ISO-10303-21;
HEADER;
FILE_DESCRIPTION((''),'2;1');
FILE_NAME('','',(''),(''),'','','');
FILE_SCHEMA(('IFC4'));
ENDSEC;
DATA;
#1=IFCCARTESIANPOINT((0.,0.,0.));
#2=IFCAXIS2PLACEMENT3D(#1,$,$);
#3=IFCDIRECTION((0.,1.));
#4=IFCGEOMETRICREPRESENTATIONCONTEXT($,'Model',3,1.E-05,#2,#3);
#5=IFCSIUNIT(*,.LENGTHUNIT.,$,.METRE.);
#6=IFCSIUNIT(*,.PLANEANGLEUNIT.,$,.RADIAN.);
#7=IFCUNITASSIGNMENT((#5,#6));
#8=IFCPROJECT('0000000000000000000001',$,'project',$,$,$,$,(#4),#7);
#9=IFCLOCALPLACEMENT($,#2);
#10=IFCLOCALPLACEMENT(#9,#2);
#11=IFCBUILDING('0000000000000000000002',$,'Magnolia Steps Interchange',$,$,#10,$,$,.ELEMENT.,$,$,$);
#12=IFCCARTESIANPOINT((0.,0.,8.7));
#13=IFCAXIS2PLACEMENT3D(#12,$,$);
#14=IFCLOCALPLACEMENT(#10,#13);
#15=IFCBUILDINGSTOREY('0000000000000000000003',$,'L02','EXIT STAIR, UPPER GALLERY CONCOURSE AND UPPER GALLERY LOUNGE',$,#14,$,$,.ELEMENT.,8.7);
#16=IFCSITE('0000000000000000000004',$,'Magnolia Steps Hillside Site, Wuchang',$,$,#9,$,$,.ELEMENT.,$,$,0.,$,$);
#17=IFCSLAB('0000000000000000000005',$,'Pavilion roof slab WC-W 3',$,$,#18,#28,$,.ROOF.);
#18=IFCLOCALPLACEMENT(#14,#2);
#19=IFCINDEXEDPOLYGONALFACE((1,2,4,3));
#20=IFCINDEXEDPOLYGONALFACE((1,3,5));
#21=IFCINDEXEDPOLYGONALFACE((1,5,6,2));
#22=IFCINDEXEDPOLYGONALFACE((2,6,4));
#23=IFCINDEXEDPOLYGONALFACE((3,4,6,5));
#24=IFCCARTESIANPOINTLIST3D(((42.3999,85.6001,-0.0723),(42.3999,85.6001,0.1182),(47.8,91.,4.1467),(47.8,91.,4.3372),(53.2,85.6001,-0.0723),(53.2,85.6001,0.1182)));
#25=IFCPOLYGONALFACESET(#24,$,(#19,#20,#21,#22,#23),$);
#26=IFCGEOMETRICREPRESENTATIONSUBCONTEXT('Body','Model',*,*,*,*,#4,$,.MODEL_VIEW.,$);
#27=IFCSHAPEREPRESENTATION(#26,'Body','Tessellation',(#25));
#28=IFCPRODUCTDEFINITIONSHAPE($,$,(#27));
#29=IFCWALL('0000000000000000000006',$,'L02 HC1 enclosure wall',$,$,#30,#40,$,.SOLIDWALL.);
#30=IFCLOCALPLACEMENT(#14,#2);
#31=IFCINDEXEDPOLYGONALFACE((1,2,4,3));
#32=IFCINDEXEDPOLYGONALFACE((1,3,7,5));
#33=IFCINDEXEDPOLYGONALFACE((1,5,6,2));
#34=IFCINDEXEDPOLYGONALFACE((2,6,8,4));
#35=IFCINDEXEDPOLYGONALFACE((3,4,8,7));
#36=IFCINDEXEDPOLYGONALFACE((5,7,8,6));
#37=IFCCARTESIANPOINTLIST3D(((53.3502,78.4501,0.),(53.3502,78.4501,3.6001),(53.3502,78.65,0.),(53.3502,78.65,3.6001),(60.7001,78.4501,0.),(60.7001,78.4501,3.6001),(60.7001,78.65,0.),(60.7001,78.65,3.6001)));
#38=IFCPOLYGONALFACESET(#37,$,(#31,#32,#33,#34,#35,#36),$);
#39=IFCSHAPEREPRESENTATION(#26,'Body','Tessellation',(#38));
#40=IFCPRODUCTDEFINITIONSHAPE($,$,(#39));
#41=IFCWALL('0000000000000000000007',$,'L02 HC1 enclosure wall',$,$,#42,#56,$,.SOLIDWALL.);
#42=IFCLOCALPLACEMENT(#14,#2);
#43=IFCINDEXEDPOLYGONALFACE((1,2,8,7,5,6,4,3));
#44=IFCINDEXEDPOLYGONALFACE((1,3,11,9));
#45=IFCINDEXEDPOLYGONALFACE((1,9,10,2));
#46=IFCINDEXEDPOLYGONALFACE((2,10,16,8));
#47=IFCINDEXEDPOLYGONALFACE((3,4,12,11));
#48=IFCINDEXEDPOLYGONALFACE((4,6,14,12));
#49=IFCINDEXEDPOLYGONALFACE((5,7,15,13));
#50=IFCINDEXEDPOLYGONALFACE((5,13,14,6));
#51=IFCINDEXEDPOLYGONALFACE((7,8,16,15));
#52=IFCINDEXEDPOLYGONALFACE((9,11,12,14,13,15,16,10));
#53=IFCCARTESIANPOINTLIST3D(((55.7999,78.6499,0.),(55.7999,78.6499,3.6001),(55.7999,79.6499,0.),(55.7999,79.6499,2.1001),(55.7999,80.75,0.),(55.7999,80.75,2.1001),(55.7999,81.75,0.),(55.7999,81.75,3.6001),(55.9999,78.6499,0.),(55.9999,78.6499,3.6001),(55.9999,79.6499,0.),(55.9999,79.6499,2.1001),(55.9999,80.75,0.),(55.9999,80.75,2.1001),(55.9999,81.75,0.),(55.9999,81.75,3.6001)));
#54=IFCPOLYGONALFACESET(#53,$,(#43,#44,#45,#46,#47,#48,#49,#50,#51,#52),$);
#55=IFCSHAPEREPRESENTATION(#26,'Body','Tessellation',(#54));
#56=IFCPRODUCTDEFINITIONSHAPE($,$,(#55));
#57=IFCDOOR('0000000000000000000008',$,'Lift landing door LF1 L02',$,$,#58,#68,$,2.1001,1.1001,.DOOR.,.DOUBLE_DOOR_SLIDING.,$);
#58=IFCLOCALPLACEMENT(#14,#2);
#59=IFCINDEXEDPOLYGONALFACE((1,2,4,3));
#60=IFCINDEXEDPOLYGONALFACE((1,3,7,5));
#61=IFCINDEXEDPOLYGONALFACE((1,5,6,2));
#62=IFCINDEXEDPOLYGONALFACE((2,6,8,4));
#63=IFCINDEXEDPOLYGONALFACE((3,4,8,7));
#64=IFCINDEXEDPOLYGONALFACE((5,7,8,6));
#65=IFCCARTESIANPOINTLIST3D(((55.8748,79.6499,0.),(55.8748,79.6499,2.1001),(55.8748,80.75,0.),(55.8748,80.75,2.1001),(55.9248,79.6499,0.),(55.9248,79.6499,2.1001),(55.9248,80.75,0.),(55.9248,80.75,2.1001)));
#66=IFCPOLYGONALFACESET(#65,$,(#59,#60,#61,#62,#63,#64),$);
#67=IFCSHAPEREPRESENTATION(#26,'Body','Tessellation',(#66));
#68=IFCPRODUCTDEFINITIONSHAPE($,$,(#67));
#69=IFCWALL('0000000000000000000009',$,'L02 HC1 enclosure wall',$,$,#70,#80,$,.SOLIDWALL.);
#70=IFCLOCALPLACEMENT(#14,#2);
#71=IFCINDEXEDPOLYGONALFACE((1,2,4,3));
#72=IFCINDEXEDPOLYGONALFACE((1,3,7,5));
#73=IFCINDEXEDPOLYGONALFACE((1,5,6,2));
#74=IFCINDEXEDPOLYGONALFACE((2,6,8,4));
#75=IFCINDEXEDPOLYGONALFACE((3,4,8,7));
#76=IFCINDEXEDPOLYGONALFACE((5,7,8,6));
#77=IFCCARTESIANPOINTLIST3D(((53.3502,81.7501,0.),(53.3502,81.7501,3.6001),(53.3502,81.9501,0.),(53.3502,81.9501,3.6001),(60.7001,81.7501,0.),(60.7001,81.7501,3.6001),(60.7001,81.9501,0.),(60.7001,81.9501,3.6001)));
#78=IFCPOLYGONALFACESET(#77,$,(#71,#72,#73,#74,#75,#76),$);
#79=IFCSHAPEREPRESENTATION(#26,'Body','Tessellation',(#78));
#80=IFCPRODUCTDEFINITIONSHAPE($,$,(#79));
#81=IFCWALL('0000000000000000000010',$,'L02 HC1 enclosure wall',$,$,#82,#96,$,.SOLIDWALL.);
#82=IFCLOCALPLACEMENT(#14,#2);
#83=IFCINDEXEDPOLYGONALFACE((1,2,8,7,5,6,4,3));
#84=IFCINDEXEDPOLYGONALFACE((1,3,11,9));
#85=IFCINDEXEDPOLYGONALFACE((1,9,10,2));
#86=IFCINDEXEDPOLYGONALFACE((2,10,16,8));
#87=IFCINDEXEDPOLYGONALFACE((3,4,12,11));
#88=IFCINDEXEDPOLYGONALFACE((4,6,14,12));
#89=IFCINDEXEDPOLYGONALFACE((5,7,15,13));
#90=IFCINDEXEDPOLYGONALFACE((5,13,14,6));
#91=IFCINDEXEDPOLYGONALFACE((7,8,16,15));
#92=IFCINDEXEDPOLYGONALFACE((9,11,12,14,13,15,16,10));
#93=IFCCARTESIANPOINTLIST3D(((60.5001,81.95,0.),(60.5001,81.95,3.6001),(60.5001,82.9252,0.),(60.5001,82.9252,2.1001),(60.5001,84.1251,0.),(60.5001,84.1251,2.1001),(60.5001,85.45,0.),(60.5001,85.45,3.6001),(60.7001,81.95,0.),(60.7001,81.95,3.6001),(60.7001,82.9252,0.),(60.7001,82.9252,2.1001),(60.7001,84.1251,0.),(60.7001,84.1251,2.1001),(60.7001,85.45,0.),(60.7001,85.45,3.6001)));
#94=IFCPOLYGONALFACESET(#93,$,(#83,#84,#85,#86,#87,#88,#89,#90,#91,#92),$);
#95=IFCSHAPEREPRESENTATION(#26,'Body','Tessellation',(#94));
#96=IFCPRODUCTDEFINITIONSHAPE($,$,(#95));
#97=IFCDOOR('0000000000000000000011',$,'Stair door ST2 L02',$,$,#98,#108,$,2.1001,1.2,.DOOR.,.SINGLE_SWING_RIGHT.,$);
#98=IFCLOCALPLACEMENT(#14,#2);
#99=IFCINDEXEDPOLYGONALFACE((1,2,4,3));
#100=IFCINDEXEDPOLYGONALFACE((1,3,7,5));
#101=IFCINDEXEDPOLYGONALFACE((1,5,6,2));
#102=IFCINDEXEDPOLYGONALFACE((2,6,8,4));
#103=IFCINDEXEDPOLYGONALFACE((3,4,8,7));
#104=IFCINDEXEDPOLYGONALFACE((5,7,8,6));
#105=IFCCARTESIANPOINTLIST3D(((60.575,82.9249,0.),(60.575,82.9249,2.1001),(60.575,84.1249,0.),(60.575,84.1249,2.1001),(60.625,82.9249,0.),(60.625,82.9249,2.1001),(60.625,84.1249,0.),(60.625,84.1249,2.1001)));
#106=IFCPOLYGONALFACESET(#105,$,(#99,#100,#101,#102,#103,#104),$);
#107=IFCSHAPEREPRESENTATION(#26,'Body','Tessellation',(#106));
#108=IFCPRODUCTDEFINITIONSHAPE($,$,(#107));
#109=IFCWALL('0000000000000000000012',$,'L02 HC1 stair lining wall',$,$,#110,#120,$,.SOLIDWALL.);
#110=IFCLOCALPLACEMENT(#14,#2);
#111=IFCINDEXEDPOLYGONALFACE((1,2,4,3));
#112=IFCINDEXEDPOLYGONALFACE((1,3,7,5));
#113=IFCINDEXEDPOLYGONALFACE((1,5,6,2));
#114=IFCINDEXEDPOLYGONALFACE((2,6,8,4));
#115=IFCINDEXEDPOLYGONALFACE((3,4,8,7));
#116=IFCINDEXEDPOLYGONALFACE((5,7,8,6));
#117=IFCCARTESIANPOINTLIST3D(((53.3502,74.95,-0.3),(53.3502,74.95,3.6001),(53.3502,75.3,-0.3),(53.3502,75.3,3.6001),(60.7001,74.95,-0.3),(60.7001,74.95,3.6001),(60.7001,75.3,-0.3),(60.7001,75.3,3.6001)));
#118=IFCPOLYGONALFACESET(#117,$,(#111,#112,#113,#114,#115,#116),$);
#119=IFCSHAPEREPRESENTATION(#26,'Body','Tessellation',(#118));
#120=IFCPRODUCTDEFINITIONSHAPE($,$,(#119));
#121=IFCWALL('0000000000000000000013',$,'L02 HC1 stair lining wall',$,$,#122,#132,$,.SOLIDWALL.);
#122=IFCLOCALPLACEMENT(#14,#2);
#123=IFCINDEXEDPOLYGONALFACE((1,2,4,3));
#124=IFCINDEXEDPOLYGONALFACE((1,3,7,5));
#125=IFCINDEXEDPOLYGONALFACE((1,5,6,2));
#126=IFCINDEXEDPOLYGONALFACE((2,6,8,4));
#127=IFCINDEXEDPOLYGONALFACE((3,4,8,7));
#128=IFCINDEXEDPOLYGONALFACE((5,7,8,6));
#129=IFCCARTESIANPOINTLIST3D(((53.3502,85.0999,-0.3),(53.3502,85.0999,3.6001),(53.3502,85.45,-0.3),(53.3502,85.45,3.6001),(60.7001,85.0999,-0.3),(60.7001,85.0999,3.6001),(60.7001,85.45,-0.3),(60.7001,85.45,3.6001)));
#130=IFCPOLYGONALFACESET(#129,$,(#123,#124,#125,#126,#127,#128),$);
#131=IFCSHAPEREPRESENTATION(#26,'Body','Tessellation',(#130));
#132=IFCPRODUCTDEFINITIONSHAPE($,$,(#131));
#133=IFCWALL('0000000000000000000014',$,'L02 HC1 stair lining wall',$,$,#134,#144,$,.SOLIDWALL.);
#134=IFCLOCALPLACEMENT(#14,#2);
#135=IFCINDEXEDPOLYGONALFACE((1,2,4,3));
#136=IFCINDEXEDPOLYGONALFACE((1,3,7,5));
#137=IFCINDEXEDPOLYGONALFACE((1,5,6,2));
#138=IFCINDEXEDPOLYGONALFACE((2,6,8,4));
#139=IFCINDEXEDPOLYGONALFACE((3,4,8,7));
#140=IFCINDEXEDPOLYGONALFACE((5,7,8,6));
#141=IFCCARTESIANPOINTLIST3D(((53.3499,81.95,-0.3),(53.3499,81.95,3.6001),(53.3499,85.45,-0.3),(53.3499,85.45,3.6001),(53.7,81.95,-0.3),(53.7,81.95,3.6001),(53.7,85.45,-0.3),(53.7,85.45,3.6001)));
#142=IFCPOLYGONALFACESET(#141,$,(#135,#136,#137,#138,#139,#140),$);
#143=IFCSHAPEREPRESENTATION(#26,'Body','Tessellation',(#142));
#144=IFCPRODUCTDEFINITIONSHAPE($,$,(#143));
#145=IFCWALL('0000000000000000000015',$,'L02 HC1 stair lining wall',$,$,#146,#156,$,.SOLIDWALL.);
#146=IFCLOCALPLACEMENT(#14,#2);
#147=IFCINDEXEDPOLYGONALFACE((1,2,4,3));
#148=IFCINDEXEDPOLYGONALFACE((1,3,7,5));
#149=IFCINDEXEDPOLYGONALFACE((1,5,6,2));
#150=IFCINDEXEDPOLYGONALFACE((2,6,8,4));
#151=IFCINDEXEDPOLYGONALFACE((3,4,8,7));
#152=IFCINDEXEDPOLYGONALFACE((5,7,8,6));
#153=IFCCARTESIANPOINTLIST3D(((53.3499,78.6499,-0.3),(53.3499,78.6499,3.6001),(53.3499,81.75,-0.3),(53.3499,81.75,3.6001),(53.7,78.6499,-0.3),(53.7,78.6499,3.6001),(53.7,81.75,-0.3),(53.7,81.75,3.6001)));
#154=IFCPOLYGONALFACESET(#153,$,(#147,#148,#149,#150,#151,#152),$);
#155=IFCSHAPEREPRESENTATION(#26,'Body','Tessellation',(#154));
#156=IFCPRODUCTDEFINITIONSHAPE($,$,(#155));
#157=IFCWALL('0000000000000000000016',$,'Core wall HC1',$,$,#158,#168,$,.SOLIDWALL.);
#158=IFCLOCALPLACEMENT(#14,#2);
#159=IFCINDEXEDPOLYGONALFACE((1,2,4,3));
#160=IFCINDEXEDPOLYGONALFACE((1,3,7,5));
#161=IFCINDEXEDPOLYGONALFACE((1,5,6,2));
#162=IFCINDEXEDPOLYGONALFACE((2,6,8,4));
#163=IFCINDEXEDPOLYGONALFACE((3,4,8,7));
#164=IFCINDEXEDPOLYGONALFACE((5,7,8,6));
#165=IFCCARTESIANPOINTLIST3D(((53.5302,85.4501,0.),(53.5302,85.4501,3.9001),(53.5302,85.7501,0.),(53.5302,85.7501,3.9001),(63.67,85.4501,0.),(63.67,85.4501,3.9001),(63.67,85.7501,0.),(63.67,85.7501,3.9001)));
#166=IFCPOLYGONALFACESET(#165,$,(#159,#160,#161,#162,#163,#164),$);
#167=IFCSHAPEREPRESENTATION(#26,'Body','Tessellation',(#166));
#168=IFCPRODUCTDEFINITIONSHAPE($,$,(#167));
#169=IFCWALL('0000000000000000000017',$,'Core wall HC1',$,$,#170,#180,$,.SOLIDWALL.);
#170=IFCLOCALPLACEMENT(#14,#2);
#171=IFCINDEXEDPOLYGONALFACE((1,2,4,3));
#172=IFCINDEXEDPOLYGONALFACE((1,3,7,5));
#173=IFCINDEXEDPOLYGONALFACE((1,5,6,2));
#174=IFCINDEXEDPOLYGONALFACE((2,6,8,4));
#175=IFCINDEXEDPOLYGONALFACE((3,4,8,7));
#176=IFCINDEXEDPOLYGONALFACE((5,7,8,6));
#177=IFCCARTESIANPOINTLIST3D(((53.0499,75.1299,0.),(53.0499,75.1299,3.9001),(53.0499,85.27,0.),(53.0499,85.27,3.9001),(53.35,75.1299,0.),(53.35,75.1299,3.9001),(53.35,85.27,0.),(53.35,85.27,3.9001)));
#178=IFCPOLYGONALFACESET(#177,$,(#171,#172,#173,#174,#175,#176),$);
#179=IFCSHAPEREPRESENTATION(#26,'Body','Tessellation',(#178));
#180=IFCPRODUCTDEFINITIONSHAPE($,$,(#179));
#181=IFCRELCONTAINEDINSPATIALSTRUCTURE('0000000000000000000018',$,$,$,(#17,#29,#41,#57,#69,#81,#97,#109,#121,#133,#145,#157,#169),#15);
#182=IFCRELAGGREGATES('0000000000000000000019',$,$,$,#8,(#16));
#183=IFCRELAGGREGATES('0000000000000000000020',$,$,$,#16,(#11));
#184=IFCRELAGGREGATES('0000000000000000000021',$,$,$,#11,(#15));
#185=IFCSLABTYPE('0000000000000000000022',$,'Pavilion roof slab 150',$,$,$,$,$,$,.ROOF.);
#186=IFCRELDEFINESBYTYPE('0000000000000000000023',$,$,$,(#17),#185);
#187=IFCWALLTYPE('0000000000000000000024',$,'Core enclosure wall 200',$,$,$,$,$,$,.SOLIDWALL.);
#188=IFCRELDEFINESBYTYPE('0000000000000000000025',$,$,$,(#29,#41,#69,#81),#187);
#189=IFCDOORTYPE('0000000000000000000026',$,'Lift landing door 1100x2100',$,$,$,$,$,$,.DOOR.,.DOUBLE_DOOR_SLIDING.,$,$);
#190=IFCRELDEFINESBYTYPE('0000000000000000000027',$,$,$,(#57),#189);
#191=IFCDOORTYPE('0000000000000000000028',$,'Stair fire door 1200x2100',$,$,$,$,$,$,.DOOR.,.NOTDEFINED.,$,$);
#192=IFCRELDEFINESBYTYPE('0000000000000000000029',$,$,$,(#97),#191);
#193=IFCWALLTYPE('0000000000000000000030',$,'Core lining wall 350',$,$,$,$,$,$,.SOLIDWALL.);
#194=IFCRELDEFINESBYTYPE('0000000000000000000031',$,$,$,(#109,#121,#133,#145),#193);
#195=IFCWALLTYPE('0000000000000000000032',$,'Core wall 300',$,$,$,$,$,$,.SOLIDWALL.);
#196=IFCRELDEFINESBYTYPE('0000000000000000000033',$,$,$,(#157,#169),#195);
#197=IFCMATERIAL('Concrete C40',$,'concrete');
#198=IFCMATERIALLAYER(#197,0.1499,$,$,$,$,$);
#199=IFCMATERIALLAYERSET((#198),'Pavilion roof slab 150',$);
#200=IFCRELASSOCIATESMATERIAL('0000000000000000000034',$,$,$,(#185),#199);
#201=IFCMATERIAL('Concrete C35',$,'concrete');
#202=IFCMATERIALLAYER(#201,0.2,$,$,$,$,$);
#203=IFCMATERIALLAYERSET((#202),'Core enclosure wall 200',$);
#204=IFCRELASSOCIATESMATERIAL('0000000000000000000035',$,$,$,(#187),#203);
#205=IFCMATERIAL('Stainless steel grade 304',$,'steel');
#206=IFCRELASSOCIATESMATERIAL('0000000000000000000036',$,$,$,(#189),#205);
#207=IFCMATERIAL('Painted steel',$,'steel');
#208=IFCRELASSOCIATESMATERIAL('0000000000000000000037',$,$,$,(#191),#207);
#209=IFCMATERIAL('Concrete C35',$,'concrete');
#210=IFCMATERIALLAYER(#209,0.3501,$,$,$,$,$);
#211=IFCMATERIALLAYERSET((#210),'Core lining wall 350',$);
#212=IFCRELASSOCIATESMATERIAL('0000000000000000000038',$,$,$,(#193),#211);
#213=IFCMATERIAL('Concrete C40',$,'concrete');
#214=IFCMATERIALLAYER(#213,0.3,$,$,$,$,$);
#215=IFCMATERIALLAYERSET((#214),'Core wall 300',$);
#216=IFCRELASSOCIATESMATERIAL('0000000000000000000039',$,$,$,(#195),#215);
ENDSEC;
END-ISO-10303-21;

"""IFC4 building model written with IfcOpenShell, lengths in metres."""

from ifc_helpers import new_model, si_unit, direction, frame, frame_2d, origin, place, context, subcontext, project, spatial, polyline, rectangle, outline, extrude, material, layer, layer_set, type_object, element, fill, save


model = new_model("IFC4")

# Units and contexts
model_context = context("Model", 3, precision=1e-05, world=origin(), true_north=direction((0.0, 1.0)))
body_context = subcontext(model_context, "Body", "Model", "MODEL_VIEW")
ifc_project = project(units=[si_unit("LENGTHUNIT", "METRE"), si_unit("PLANEANGLEUNIT", "RADIAN")], contexts=[model_context])

# Site, building, storey
site_placement = place(None, origin())
site = spatial("IfcSite", under=ifc_project, at=site_placement, Name="Magnolia Steps Hillside Site, Wuchang", CompositionType="ELEMENT", RefElevation=0.0)
building_placement = place(site_placement, origin())
building = spatial("IfcBuilding", under=site, at=building_placement, Name="Magnolia Steps Interchange", CompositionType="ELEMENT")
storey_placement = place(building_placement, frame((0.0, 0.0, 8.7)))
storey = spatial("IfcBuildingStorey", under=building, at=storey_placement, Name="L02", Description="EXIT STAIR, UPPER GALLERY CONCOURSE AND UPPER GALLERY LOUNGE", CompositionType="ELEMENT", Elevation=8.7)

# Slab
ifc_material_1 = material(Name="Concrete C40", Category="concrete")
ifc_layer_1 = layer(ifc_material_1, 0.1499)
ifc_layer_set_1 = layer_set([ifc_layer_1], Name="Pavilion roof slab 150")
slab_type = type_object("IfcSlabType", Name="Pavilion roof slab 150", PredefinedType="ROOF", material=ifc_layer_set_1)
slab_1_placement = place(storey_placement, frame((42.3999, 85.6001, 0.1182), z_axis=(0.0, -0.615673, 0.788002), x_axis=(1.0, 0.0, 0.0)))
element("IfcSlab", 1, at=slab_1_placement, inside=storey, type_object=slab_type, Name="Pavilion roof slab WC-W 3", PredefinedType="ROOF", context=body_context, shape_type="SweptSolid", body=[
    extrude(outline(polyline([(0.0, 0.0), (10.8, 0.0), (5.4001, 6.8527), (0.0, 0.0)])), origin(), (0.0, -0.615673, -0.788002), 0.1904),
])

# Wall
ifc_material_2 = material(Name="Concrete C35", Category="concrete")
ifc_layer_2 = layer(ifc_material_2, 0.2)
ifc_layer_set_2 = layer_set([ifc_layer_2], Name="Core enclosure wall 200")
wall_type_1 = type_object("IfcWallType", Name="Core enclosure wall 200", PredefinedType="SOLIDWALL", material=ifc_layer_set_2)
wall_1_placement = place(storey_placement, frame((60.7, 78.55, 0.0), z_axis=(0.0, 0.0, 1.0), x_axis=(-1.0, 0.0, 0.0)))
element("IfcWall", 2, at=wall_1_placement, inside=storey, type_object=wall_type_1, Name="L02 HC1 enclosure wall", PredefinedType="SOLIDWALL", context=body_context, shape_type="SweptSolid", body=[
    extrude(rectangle(XDim=7.3499, YDim=0.2, at=frame_2d((3.6748, 0.0))), origin(), (0.0, 0.0, 1.0), 3.6001),
])

# Wall, opening, door
wall_2_placement = place(storey_placement, frame((55.8999, 78.6499, 0.0), z_axis=(0.0, 0.0, 1.0), x_axis=(0.0, 1.0, 0.0)))
wall_2 = element("IfcWall", 3, at=wall_2_placement, inside=storey, type_object=wall_type_1, Name="L02 HC1 enclosure wall", PredefinedType="SOLIDWALL", context=body_context, shape_type="SweptSolid", body=[
    extrude(rectangle(XDim=3.1001, YDim=0.2, at=frame_2d((1.55, 0.0))), origin(), (0.0, 0.0, 1.0), 3.6001),
])
opening_1_placement = place(wall_2_placement, frame((1.0, 0.0, 0.0)))
opening_1 = element("IfcOpeningElement", 4, at=opening_1_placement, cuts=wall_2, PredefinedType="OPENING", context=body_context, shape_type="SweptSolid", body=[
    extrude(rectangle(XDim=1.1001, YDim=2.1001, at=frame_2d((0.55, 1.05))), frame((0.0, 0.1099, 0.0), z_axis=(0.0, -1.0, 0.0), x_axis=(1.0, 0.0, 0.0)), (0.0, 0.0, 1.0), 0.22),
])
ifc_material_3 = material(Name="Stainless steel grade 304", Category="steel")
door_type_1 = type_object("IfcDoorType", Name="Lift landing door 1100x2100", OperationType="DOUBLE_DOOR_SLIDING", PredefinedType="DOOR", material=ifc_material_3)
door_1_placement = place(opening_1_placement, frame((1.1001, 0.0, 0.0), z_axis=(0.0, 0.0, 1.0), x_axis=(-1.0, 0.0, 0.0)))
door_1 = element("IfcDoor", 5, at=door_1_placement, inside=storey, type_object=door_type_1, Name="Lift landing door LF1 L02", OperationType="DOUBLE_DOOR_SLIDING", OverallHeight=2.1001, OverallWidth=1.1001, PredefinedType="DOOR", context=body_context, shape_type="SweptSolid", body=[
    extrude(rectangle(XDim=1.1001, YDim=2.1001, at=frame_2d((0.55, 1.05))), frame((0.0, 0.0249, 0.0), z_axis=(0.0, -1.0, 0.0), x_axis=(1.0, 0.0, 0.0)), (0.0, 0.0, 1.0), 0.05),
])
fill(opening_1, door_1)

# Wall
wall_3_placement = place(storey_placement, frame((60.7, 81.8501, 0.0), z_axis=(0.0, 0.0, 1.0), x_axis=(-1.0, 0.0, 0.0)))
element("IfcWall", 6, at=wall_3_placement, inside=storey, type_object=wall_type_1, Name="L02 HC1 enclosure wall", PredefinedType="SOLIDWALL", context=body_context, shape_type="SweptSolid", body=[
    extrude(rectangle(XDim=7.3499, YDim=0.2, at=frame_2d((3.6748, 0.0))), origin(), (0.0, 0.0, 1.0), 3.6001),
])

# Wall, opening, door
wall_4_placement = place(storey_placement, frame((60.6001, 81.95, 0.0), z_axis=(0.0, 0.0, 1.0), x_axis=(0.0, 1.0, 0.0)))
wall_4 = element("IfcWall", 7, at=wall_4_placement, inside=storey, type_object=wall_type_1, Name="L02 HC1 enclosure wall", PredefinedType="SOLIDWALL", context=body_context, shape_type="SweptSolid", body=[
    extrude(rectangle(XDim=3.5, YDim=0.2, at=frame_2d((1.75, 0.0))), origin(), (0.0, 0.0, 1.0), 3.6001),
])
opening_2_placement = place(wall_4_placement, frame((0.9751, 0.0, 0.0)))
opening_2 = element("IfcOpeningElement", 8, at=opening_2_placement, cuts=wall_4, PredefinedType="OPENING", context=body_context, shape_type="SweptSolid", body=[
    extrude(rectangle(XDim=1.2, YDim=2.1001, at=frame_2d((0.6001, 1.05))), frame((0.0, 0.1099, 0.0), z_axis=(0.0, -1.0, 0.0), x_axis=(1.0, 0.0, 0.0)), (0.0, 0.0, 1.0), 0.22),
])
ifc_material_4 = material(Name="Painted steel", Category="steel")
door_type_2 = type_object("IfcDoorType", Name="Stair fire door 1200x2100", OperationType="NOTDEFINED", PredefinedType="DOOR", material=ifc_material_4)
door_2_placement = place(opening_2_placement, frame((1.2, 0.0, 0.0), z_axis=(0.0, 0.0, 1.0), x_axis=(-1.0, 0.0, 0.0)))
door_2 = element("IfcDoor", 9, at=door_2_placement, inside=storey, type_object=door_type_2, Name="Stair door ST2 L02", OperationType="SINGLE_SWING_RIGHT", OverallHeight=2.1001, OverallWidth=1.2, PredefinedType="DOOR", context=body_context, shape_type="SweptSolid", body=[
    extrude(rectangle(XDim=1.2, YDim=2.1001, at=frame_2d((0.6001, 1.05))), frame((0.0, 0.0249, 0.0), z_axis=(0.0, -1.0, 0.0), x_axis=(1.0, 0.0, 0.0)), (0.0, 0.0, 1.0), 0.05),
])
fill(opening_2, door_2)

# Walls
ifc_material_5 = material(Name="Concrete C35", Category="concrete")
ifc_layer_3 = layer(ifc_material_5, 0.3501)
ifc_layer_set_3 = layer_set([ifc_layer_3], Name="Core lining wall 350")
wall_type_2 = type_object("IfcWallType", Name="Core lining wall 350", PredefinedType="SOLIDWALL", material=ifc_layer_set_3)
for number, where, z_axis, x_axis, name in (
    (10, (60.7, 75.125, -0.3), (0.0, 0.0, 1.0), (-1.0, 0.0, 0.0), "L02 HC1 stair lining wall"),
    (11, (60.7, 85.2749, -0.3), (0.0, 0.0, 1.0), (-1.0, 0.0, 0.0), "L02 HC1 stair lining wall"),
):
    element("IfcWall", number, at=place(storey_placement, frame(where, z_axis=z_axis, x_axis=x_axis)), inside=storey, type_object=wall_type_2, Name=name, PredefinedType="SOLIDWALL", context=body_context, shape_type="SweptSolid", body=[
        extrude(rectangle(XDim=7.3499, YDim=0.3501, at=frame_2d((3.6748, 0.0))), origin(), (0.0, 0.0, 1.0), 3.9001),
    ])
wall_5_placement = place(storey_placement, frame((53.5249, 81.95, -0.3), z_axis=(0.0, 0.0, 1.0), x_axis=(0.0, 1.0, 0.0)))
element("IfcWall", 12, at=wall_5_placement, inside=storey, type_object=wall_type_2, Name="L02 HC1 stair lining wall", PredefinedType="SOLIDWALL", context=body_context, shape_type="SweptSolid", body=[
    extrude(rectangle(XDim=3.5, YDim=0.3501, at=frame_2d((1.75, 0.0))), origin(), (0.0, 0.0, 1.0), 3.9001),
])
wall_6_placement = place(storey_placement, frame((53.5249, 78.6499, -0.3), z_axis=(0.0, 0.0, 1.0), x_axis=(0.0, 1.0, 0.0)))
element("IfcWall", 13, at=wall_6_placement, inside=storey, type_object=wall_type_2, Name="L02 HC1 stair lining wall", PredefinedType="SOLIDWALL", context=body_context, shape_type="SweptSolid", body=[
    extrude(rectangle(XDim=3.1001, YDim=0.3501, at=frame_2d((1.55, 0.0))), origin(), (0.0, 0.0, 1.0), 3.9001),
])
ifc_material_6 = material(Name="Concrete C40", Category="concrete")
ifc_layer_4 = layer(ifc_material_6, 0.3)
ifc_layer_set_4 = layer_set([ifc_layer_4], Name="Core wall 300")
wall_type_3 = type_object("IfcWallType", Name="Core wall 300", PredefinedType="SOLIDWALL", material=ifc_layer_set_4)
wall_7_placement = place(storey_placement, frame((63.6699, 85.6001, 0.0), z_axis=(0.0, 0.0, 1.0), x_axis=(-1.0, 0.0, 0.0)))
element("IfcWall", 14, at=wall_7_placement, inside=storey, type_object=wall_type_3, Name="Core wall HC1", PredefinedType="SOLIDWALL", context=body_context, shape_type="SweptSolid", body=[
    extrude(rectangle(XDim=10.1399, YDim=0.3, at=frame_2d((5.0698, 0.0))), origin(), (0.0, 0.0, 1.0), 3.9001),
])
wall_8_placement = place(storey_placement, frame((53.2, 85.27, 0.0), z_axis=(0.0, 0.0, 1.0), x_axis=(0.0, -1.0, 0.0)))
element("IfcWall", 15, at=wall_8_placement, inside=storey, type_object=wall_type_3, Name="Core wall HC1", PredefinedType="SOLIDWALL", context=body_context, shape_type="SweptSolid", body=[
    extrude(rectangle(XDim=10.1401, YDim=0.3, at=frame_2d((5.0701, 0.0))), origin(), (0.0, 0.0, 1.0), 3.9001),
])

save(model, "model.ifc")
